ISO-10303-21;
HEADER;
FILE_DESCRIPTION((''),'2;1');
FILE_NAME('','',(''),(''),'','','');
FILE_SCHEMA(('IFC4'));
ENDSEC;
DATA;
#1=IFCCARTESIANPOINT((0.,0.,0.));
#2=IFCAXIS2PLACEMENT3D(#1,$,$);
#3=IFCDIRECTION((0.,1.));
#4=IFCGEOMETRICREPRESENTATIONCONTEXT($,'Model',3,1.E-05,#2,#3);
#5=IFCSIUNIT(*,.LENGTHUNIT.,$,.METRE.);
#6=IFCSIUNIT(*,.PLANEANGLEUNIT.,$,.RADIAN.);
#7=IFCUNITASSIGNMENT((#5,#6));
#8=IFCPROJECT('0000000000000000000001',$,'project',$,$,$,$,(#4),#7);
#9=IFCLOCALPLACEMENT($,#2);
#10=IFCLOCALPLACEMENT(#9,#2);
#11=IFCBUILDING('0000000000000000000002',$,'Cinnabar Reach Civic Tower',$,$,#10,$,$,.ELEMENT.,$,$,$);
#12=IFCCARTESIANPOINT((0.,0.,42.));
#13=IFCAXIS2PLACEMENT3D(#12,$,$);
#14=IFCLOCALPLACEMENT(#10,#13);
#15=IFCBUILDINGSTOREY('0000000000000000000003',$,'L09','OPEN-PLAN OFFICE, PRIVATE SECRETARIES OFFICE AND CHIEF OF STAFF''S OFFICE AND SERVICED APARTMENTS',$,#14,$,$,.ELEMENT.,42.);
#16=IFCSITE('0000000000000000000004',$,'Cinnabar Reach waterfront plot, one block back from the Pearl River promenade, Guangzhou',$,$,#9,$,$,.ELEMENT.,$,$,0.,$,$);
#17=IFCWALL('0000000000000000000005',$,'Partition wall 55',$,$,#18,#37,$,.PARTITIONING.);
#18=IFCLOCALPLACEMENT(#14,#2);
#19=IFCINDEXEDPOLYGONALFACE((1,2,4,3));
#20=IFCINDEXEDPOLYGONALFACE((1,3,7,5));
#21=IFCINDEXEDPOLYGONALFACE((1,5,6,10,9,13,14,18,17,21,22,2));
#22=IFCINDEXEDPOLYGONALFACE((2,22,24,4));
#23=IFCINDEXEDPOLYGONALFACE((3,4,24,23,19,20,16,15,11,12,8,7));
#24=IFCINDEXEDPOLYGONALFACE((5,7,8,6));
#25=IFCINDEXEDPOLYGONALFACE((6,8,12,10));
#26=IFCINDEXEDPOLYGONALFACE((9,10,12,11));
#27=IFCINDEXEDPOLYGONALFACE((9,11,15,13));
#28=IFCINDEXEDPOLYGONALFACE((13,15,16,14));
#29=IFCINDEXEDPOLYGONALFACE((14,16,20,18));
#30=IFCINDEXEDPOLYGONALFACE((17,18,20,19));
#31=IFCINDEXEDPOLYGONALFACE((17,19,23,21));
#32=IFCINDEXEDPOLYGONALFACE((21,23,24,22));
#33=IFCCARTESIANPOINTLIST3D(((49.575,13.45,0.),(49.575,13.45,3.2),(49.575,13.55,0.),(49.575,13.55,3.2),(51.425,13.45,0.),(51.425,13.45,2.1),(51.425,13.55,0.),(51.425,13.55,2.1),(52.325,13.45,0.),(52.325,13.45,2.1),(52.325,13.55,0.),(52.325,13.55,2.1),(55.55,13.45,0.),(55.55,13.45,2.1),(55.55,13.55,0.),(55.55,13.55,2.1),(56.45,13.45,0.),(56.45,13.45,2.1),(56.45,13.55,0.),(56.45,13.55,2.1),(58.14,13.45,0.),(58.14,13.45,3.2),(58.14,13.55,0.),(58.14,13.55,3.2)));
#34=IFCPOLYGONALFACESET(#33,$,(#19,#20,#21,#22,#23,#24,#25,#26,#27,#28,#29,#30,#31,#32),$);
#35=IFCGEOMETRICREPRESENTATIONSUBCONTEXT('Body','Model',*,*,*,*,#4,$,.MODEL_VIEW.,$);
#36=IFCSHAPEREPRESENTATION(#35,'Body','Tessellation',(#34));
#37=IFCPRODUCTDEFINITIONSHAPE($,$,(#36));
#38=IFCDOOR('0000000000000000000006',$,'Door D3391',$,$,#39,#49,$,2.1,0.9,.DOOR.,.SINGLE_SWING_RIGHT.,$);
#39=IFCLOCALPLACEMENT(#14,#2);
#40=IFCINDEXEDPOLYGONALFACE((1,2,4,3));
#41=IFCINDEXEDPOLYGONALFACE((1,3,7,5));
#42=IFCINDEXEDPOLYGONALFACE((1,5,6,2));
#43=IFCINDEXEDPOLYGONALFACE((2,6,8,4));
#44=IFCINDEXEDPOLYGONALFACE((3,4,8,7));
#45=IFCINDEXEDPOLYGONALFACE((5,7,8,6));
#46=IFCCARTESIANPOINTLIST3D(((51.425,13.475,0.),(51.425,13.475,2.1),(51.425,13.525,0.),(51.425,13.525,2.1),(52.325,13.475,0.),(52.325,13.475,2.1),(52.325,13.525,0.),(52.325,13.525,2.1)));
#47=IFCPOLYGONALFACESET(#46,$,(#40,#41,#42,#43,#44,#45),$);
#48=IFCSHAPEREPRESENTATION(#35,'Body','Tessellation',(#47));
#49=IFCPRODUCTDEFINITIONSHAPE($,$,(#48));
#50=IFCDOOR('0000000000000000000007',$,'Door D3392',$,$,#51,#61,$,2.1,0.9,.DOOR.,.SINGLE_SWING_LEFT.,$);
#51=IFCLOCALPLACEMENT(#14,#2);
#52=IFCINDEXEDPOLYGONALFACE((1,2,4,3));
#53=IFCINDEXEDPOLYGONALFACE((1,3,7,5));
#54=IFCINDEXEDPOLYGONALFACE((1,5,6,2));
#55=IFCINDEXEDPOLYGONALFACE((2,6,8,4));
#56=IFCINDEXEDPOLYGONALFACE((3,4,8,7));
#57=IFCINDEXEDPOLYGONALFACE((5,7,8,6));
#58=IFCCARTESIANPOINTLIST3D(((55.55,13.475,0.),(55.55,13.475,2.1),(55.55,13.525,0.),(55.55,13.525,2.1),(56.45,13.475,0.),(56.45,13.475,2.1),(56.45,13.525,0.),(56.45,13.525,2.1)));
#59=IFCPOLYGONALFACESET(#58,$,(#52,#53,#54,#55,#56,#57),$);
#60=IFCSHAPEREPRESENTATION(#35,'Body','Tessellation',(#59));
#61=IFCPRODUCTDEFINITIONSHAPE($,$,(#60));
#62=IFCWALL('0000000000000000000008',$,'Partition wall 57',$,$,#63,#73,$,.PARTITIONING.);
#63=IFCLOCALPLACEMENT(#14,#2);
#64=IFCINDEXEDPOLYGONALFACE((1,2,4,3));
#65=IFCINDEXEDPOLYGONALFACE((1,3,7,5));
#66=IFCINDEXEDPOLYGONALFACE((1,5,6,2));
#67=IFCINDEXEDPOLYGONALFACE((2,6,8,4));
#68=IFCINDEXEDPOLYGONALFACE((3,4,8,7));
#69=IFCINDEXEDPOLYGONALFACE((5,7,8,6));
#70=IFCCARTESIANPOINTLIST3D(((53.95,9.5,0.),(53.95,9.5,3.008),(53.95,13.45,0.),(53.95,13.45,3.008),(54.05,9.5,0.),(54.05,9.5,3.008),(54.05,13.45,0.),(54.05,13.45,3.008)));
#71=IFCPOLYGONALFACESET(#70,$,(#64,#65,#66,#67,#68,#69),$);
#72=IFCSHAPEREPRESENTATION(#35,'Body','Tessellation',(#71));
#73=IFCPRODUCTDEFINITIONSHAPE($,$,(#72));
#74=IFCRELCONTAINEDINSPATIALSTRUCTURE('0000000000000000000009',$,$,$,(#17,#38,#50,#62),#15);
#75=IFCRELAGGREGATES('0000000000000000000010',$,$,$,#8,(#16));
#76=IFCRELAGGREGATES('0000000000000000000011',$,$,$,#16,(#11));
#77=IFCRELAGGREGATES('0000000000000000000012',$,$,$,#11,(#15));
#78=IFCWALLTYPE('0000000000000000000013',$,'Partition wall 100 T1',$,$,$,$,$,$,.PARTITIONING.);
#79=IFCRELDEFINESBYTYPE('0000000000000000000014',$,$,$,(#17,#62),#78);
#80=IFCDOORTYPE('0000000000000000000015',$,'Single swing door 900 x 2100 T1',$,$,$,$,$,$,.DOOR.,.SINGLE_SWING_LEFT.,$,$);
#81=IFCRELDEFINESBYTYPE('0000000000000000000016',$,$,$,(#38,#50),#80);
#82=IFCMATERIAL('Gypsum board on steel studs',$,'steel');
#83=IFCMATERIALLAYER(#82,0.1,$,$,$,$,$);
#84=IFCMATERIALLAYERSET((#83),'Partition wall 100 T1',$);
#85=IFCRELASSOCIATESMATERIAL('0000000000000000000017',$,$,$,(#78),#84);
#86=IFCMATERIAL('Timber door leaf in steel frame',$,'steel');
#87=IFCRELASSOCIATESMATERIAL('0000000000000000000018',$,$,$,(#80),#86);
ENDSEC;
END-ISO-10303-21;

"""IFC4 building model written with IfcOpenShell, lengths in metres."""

from ifc_helpers import new_model, si_unit, direction, frame, frame_2d, origin, place, context, subcontext, project, spatial, rectangle, extrude, material, layer, layer_set, type_object, element, fill, save


model = new_model("IFC4")

# Units and contexts
model_context = context("Model", 3, precision=1e-05, world=origin(), true_north=direction((0.0, 1.0)))
body_context = subcontext(model_context, "Body", "Model", "MODEL_VIEW")
ifc_project = project(units=[si_unit("LENGTHUNIT", "METRE"), si_unit("PLANEANGLEUNIT", "RADIAN")], contexts=[model_context])

# Site, building, storey
site_placement = place(None, origin())
site = spatial("IfcSite", under=ifc_project, at=site_placement, Name="Cinnabar Reach waterfront plot, one block back from the Pearl River promenade, Guangzhou", CompositionType="ELEMENT", RefElevation=0.0)
building_placement = place(site_placement, origin())
building = spatial("IfcBuilding", under=site, at=building_placement, Name="Cinnabar Reach Civic Tower", CompositionType="ELEMENT")
storey_placement = place(building_placement, frame((0.0, 0.0, 42.0)))
storey = spatial("IfcBuildingStorey", under=building, at=storey_placement, Name="L09", Description="OPEN-PLAN OFFICE, PRIVATE SECRETARIES OFFICE AND CHIEF OF STAFF'S OFFICE AND SERVICED APARTMENTS", CompositionType="ELEMENT", Elevation=42.0)

# Shared definitions
ifc_material_1 = material(Name="Timber door leaf in steel frame", Category="steel")

# Wall, openings, doors
ifc_material_2 = material(Name="Gypsum board on steel studs", Category="steel")
ifc_layer_1 = layer(ifc_material_2, 0.1)
ifc_layer_set_1 = layer_set([ifc_layer_1], Name="Partition wall 100 T1")
wall_type_1 = type_object("IfcWallType", Name="Partition wall 100 T1", PredefinedType="PARTITIONING", material=ifc_layer_set_1)
wall_1_placement = place(storey_placement, frame((49.575, 13.5, 0.0), z_axis=(0.0, 0.0, 1.0), x_axis=(1.0, 0.0, 0.0)))
wall_1 = element("IfcWall", 1, at=wall_1_placement, inside=storey, type_object=wall_type_1, Name="Partition wall 55", PredefinedType="PARTITIONING", context=body_context, shape_type="SweptSolid", body=[
    extrude(rectangle(XDim=8.565, YDim=0.1, at=frame_2d((4.2825, 0.0))), origin(), (0.0, 0.0, 1.0), 3.2),
])
opening_1_placement = place(wall_1_placement, frame((1.85, 0.0, 0.0)))
opening_1 = element("IfcOpeningElement", 2, at=opening_1_placement, cuts=wall_1, PredefinedType="OPENING", context=body_context, shape_type="SweptSolid", body=[
    extrude(rectangle(XDim=0.9, YDim=2.1, at=frame_2d((0.45, 1.05))), frame((0.0, 0.06, 0.0), z_axis=(0.0, -1.0, 0.0), x_axis=(1.0, 0.0, 0.0)), (0.0, 0.0, 1.0), 0.12),
])
opening_2_placement = place(wall_1_placement, frame((5.975, 0.0, 0.0)))
opening_2 = element("IfcOpeningElement", 3, at=opening_2_placement, cuts=wall_1, PredefinedType="OPENING", context=body_context, shape_type="SweptSolid", body=[
    extrude(rectangle(XDim=0.9, YDim=2.1, at=frame_2d((0.45, 1.05))), frame((0.0, 0.06, 0.0), z_axis=(0.0, -1.0, 0.0), x_axis=(1.0, 0.0, 0.0)), (0.0, 0.0, 1.0), 0.12),
])
door_type_1 = type_object("IfcDoorType", Name="Single swing door 900 x 2100 T1", OperationType="SINGLE_SWING_LEFT", PredefinedType="DOOR", material=ifc_material_1)
door_1_placement = place(opening_1_placement, origin())
door_1 = element("IfcDoor", 4, at=door_1_placement, inside=storey, type_object=door_type_1, Name="Door D3391", OperationType="SINGLE_SWING_RIGHT", OverallHeight=2.1, OverallWidth=0.9, PredefinedType="DOOR", context=body_context, shape_type="SweptSolid", body=[
    extrude(rectangle(XDim=0.9, YDim=2.1, at=frame_2d((0.45, 1.05))), frame((0.0, 0.025, 0.0), z_axis=(0.0, -1.0, 0.0), x_axis=(1.0, 0.0, 0.0)), (0.0, 0.0, 1.0), 0.05),
])
fill(opening_1, door_1)
door_2_placement = place(opening_2_placement, frame((0.9, 0.0, 0.0), z_axis=(0.0, 0.0, 1.0), x_axis=(-1.0, 0.0, 0.0)))
door_2 = element("IfcDoor", 5, at=door_2_placement, inside=storey, type_object=door_type_1, Name="Door D3392", OperationType="SINGLE_SWING_LEFT", OverallHeight=2.1, OverallWidth=0.9, PredefinedType="DOOR", context=body_context, shape_type="SweptSolid", body=[
    extrude(rectangle(XDim=0.9, YDim=2.1, at=frame_2d((0.45, 1.05))), frame((0.0, 0.025, 0.0), z_axis=(0.0, -1.0, 0.0), x_axis=(1.0, 0.0, 0.0)), (0.0, 0.0, 1.0), 0.05),
])
fill(opening_2, door_2)

# Wall
wall_2_placement = place(storey_placement, frame((54.0, 9.5, 0.0), z_axis=(0.0, 0.0, 1.0), x_axis=(0.0, 1.0, 0.0)))
element("IfcWall", 6, at=wall_2_placement, inside=storey, type_object=wall_type_1, Name="Partition wall 57", PredefinedType="PARTITIONING", context=body_context, shape_type="SweptSolid", body=[
    extrude(rectangle(XDim=3.95, YDim=0.1, at=frame_2d((1.975, 0.0))), origin(), (0.0, 0.0, 1.0), 3.008),
])

save(model, "model.ifc")
